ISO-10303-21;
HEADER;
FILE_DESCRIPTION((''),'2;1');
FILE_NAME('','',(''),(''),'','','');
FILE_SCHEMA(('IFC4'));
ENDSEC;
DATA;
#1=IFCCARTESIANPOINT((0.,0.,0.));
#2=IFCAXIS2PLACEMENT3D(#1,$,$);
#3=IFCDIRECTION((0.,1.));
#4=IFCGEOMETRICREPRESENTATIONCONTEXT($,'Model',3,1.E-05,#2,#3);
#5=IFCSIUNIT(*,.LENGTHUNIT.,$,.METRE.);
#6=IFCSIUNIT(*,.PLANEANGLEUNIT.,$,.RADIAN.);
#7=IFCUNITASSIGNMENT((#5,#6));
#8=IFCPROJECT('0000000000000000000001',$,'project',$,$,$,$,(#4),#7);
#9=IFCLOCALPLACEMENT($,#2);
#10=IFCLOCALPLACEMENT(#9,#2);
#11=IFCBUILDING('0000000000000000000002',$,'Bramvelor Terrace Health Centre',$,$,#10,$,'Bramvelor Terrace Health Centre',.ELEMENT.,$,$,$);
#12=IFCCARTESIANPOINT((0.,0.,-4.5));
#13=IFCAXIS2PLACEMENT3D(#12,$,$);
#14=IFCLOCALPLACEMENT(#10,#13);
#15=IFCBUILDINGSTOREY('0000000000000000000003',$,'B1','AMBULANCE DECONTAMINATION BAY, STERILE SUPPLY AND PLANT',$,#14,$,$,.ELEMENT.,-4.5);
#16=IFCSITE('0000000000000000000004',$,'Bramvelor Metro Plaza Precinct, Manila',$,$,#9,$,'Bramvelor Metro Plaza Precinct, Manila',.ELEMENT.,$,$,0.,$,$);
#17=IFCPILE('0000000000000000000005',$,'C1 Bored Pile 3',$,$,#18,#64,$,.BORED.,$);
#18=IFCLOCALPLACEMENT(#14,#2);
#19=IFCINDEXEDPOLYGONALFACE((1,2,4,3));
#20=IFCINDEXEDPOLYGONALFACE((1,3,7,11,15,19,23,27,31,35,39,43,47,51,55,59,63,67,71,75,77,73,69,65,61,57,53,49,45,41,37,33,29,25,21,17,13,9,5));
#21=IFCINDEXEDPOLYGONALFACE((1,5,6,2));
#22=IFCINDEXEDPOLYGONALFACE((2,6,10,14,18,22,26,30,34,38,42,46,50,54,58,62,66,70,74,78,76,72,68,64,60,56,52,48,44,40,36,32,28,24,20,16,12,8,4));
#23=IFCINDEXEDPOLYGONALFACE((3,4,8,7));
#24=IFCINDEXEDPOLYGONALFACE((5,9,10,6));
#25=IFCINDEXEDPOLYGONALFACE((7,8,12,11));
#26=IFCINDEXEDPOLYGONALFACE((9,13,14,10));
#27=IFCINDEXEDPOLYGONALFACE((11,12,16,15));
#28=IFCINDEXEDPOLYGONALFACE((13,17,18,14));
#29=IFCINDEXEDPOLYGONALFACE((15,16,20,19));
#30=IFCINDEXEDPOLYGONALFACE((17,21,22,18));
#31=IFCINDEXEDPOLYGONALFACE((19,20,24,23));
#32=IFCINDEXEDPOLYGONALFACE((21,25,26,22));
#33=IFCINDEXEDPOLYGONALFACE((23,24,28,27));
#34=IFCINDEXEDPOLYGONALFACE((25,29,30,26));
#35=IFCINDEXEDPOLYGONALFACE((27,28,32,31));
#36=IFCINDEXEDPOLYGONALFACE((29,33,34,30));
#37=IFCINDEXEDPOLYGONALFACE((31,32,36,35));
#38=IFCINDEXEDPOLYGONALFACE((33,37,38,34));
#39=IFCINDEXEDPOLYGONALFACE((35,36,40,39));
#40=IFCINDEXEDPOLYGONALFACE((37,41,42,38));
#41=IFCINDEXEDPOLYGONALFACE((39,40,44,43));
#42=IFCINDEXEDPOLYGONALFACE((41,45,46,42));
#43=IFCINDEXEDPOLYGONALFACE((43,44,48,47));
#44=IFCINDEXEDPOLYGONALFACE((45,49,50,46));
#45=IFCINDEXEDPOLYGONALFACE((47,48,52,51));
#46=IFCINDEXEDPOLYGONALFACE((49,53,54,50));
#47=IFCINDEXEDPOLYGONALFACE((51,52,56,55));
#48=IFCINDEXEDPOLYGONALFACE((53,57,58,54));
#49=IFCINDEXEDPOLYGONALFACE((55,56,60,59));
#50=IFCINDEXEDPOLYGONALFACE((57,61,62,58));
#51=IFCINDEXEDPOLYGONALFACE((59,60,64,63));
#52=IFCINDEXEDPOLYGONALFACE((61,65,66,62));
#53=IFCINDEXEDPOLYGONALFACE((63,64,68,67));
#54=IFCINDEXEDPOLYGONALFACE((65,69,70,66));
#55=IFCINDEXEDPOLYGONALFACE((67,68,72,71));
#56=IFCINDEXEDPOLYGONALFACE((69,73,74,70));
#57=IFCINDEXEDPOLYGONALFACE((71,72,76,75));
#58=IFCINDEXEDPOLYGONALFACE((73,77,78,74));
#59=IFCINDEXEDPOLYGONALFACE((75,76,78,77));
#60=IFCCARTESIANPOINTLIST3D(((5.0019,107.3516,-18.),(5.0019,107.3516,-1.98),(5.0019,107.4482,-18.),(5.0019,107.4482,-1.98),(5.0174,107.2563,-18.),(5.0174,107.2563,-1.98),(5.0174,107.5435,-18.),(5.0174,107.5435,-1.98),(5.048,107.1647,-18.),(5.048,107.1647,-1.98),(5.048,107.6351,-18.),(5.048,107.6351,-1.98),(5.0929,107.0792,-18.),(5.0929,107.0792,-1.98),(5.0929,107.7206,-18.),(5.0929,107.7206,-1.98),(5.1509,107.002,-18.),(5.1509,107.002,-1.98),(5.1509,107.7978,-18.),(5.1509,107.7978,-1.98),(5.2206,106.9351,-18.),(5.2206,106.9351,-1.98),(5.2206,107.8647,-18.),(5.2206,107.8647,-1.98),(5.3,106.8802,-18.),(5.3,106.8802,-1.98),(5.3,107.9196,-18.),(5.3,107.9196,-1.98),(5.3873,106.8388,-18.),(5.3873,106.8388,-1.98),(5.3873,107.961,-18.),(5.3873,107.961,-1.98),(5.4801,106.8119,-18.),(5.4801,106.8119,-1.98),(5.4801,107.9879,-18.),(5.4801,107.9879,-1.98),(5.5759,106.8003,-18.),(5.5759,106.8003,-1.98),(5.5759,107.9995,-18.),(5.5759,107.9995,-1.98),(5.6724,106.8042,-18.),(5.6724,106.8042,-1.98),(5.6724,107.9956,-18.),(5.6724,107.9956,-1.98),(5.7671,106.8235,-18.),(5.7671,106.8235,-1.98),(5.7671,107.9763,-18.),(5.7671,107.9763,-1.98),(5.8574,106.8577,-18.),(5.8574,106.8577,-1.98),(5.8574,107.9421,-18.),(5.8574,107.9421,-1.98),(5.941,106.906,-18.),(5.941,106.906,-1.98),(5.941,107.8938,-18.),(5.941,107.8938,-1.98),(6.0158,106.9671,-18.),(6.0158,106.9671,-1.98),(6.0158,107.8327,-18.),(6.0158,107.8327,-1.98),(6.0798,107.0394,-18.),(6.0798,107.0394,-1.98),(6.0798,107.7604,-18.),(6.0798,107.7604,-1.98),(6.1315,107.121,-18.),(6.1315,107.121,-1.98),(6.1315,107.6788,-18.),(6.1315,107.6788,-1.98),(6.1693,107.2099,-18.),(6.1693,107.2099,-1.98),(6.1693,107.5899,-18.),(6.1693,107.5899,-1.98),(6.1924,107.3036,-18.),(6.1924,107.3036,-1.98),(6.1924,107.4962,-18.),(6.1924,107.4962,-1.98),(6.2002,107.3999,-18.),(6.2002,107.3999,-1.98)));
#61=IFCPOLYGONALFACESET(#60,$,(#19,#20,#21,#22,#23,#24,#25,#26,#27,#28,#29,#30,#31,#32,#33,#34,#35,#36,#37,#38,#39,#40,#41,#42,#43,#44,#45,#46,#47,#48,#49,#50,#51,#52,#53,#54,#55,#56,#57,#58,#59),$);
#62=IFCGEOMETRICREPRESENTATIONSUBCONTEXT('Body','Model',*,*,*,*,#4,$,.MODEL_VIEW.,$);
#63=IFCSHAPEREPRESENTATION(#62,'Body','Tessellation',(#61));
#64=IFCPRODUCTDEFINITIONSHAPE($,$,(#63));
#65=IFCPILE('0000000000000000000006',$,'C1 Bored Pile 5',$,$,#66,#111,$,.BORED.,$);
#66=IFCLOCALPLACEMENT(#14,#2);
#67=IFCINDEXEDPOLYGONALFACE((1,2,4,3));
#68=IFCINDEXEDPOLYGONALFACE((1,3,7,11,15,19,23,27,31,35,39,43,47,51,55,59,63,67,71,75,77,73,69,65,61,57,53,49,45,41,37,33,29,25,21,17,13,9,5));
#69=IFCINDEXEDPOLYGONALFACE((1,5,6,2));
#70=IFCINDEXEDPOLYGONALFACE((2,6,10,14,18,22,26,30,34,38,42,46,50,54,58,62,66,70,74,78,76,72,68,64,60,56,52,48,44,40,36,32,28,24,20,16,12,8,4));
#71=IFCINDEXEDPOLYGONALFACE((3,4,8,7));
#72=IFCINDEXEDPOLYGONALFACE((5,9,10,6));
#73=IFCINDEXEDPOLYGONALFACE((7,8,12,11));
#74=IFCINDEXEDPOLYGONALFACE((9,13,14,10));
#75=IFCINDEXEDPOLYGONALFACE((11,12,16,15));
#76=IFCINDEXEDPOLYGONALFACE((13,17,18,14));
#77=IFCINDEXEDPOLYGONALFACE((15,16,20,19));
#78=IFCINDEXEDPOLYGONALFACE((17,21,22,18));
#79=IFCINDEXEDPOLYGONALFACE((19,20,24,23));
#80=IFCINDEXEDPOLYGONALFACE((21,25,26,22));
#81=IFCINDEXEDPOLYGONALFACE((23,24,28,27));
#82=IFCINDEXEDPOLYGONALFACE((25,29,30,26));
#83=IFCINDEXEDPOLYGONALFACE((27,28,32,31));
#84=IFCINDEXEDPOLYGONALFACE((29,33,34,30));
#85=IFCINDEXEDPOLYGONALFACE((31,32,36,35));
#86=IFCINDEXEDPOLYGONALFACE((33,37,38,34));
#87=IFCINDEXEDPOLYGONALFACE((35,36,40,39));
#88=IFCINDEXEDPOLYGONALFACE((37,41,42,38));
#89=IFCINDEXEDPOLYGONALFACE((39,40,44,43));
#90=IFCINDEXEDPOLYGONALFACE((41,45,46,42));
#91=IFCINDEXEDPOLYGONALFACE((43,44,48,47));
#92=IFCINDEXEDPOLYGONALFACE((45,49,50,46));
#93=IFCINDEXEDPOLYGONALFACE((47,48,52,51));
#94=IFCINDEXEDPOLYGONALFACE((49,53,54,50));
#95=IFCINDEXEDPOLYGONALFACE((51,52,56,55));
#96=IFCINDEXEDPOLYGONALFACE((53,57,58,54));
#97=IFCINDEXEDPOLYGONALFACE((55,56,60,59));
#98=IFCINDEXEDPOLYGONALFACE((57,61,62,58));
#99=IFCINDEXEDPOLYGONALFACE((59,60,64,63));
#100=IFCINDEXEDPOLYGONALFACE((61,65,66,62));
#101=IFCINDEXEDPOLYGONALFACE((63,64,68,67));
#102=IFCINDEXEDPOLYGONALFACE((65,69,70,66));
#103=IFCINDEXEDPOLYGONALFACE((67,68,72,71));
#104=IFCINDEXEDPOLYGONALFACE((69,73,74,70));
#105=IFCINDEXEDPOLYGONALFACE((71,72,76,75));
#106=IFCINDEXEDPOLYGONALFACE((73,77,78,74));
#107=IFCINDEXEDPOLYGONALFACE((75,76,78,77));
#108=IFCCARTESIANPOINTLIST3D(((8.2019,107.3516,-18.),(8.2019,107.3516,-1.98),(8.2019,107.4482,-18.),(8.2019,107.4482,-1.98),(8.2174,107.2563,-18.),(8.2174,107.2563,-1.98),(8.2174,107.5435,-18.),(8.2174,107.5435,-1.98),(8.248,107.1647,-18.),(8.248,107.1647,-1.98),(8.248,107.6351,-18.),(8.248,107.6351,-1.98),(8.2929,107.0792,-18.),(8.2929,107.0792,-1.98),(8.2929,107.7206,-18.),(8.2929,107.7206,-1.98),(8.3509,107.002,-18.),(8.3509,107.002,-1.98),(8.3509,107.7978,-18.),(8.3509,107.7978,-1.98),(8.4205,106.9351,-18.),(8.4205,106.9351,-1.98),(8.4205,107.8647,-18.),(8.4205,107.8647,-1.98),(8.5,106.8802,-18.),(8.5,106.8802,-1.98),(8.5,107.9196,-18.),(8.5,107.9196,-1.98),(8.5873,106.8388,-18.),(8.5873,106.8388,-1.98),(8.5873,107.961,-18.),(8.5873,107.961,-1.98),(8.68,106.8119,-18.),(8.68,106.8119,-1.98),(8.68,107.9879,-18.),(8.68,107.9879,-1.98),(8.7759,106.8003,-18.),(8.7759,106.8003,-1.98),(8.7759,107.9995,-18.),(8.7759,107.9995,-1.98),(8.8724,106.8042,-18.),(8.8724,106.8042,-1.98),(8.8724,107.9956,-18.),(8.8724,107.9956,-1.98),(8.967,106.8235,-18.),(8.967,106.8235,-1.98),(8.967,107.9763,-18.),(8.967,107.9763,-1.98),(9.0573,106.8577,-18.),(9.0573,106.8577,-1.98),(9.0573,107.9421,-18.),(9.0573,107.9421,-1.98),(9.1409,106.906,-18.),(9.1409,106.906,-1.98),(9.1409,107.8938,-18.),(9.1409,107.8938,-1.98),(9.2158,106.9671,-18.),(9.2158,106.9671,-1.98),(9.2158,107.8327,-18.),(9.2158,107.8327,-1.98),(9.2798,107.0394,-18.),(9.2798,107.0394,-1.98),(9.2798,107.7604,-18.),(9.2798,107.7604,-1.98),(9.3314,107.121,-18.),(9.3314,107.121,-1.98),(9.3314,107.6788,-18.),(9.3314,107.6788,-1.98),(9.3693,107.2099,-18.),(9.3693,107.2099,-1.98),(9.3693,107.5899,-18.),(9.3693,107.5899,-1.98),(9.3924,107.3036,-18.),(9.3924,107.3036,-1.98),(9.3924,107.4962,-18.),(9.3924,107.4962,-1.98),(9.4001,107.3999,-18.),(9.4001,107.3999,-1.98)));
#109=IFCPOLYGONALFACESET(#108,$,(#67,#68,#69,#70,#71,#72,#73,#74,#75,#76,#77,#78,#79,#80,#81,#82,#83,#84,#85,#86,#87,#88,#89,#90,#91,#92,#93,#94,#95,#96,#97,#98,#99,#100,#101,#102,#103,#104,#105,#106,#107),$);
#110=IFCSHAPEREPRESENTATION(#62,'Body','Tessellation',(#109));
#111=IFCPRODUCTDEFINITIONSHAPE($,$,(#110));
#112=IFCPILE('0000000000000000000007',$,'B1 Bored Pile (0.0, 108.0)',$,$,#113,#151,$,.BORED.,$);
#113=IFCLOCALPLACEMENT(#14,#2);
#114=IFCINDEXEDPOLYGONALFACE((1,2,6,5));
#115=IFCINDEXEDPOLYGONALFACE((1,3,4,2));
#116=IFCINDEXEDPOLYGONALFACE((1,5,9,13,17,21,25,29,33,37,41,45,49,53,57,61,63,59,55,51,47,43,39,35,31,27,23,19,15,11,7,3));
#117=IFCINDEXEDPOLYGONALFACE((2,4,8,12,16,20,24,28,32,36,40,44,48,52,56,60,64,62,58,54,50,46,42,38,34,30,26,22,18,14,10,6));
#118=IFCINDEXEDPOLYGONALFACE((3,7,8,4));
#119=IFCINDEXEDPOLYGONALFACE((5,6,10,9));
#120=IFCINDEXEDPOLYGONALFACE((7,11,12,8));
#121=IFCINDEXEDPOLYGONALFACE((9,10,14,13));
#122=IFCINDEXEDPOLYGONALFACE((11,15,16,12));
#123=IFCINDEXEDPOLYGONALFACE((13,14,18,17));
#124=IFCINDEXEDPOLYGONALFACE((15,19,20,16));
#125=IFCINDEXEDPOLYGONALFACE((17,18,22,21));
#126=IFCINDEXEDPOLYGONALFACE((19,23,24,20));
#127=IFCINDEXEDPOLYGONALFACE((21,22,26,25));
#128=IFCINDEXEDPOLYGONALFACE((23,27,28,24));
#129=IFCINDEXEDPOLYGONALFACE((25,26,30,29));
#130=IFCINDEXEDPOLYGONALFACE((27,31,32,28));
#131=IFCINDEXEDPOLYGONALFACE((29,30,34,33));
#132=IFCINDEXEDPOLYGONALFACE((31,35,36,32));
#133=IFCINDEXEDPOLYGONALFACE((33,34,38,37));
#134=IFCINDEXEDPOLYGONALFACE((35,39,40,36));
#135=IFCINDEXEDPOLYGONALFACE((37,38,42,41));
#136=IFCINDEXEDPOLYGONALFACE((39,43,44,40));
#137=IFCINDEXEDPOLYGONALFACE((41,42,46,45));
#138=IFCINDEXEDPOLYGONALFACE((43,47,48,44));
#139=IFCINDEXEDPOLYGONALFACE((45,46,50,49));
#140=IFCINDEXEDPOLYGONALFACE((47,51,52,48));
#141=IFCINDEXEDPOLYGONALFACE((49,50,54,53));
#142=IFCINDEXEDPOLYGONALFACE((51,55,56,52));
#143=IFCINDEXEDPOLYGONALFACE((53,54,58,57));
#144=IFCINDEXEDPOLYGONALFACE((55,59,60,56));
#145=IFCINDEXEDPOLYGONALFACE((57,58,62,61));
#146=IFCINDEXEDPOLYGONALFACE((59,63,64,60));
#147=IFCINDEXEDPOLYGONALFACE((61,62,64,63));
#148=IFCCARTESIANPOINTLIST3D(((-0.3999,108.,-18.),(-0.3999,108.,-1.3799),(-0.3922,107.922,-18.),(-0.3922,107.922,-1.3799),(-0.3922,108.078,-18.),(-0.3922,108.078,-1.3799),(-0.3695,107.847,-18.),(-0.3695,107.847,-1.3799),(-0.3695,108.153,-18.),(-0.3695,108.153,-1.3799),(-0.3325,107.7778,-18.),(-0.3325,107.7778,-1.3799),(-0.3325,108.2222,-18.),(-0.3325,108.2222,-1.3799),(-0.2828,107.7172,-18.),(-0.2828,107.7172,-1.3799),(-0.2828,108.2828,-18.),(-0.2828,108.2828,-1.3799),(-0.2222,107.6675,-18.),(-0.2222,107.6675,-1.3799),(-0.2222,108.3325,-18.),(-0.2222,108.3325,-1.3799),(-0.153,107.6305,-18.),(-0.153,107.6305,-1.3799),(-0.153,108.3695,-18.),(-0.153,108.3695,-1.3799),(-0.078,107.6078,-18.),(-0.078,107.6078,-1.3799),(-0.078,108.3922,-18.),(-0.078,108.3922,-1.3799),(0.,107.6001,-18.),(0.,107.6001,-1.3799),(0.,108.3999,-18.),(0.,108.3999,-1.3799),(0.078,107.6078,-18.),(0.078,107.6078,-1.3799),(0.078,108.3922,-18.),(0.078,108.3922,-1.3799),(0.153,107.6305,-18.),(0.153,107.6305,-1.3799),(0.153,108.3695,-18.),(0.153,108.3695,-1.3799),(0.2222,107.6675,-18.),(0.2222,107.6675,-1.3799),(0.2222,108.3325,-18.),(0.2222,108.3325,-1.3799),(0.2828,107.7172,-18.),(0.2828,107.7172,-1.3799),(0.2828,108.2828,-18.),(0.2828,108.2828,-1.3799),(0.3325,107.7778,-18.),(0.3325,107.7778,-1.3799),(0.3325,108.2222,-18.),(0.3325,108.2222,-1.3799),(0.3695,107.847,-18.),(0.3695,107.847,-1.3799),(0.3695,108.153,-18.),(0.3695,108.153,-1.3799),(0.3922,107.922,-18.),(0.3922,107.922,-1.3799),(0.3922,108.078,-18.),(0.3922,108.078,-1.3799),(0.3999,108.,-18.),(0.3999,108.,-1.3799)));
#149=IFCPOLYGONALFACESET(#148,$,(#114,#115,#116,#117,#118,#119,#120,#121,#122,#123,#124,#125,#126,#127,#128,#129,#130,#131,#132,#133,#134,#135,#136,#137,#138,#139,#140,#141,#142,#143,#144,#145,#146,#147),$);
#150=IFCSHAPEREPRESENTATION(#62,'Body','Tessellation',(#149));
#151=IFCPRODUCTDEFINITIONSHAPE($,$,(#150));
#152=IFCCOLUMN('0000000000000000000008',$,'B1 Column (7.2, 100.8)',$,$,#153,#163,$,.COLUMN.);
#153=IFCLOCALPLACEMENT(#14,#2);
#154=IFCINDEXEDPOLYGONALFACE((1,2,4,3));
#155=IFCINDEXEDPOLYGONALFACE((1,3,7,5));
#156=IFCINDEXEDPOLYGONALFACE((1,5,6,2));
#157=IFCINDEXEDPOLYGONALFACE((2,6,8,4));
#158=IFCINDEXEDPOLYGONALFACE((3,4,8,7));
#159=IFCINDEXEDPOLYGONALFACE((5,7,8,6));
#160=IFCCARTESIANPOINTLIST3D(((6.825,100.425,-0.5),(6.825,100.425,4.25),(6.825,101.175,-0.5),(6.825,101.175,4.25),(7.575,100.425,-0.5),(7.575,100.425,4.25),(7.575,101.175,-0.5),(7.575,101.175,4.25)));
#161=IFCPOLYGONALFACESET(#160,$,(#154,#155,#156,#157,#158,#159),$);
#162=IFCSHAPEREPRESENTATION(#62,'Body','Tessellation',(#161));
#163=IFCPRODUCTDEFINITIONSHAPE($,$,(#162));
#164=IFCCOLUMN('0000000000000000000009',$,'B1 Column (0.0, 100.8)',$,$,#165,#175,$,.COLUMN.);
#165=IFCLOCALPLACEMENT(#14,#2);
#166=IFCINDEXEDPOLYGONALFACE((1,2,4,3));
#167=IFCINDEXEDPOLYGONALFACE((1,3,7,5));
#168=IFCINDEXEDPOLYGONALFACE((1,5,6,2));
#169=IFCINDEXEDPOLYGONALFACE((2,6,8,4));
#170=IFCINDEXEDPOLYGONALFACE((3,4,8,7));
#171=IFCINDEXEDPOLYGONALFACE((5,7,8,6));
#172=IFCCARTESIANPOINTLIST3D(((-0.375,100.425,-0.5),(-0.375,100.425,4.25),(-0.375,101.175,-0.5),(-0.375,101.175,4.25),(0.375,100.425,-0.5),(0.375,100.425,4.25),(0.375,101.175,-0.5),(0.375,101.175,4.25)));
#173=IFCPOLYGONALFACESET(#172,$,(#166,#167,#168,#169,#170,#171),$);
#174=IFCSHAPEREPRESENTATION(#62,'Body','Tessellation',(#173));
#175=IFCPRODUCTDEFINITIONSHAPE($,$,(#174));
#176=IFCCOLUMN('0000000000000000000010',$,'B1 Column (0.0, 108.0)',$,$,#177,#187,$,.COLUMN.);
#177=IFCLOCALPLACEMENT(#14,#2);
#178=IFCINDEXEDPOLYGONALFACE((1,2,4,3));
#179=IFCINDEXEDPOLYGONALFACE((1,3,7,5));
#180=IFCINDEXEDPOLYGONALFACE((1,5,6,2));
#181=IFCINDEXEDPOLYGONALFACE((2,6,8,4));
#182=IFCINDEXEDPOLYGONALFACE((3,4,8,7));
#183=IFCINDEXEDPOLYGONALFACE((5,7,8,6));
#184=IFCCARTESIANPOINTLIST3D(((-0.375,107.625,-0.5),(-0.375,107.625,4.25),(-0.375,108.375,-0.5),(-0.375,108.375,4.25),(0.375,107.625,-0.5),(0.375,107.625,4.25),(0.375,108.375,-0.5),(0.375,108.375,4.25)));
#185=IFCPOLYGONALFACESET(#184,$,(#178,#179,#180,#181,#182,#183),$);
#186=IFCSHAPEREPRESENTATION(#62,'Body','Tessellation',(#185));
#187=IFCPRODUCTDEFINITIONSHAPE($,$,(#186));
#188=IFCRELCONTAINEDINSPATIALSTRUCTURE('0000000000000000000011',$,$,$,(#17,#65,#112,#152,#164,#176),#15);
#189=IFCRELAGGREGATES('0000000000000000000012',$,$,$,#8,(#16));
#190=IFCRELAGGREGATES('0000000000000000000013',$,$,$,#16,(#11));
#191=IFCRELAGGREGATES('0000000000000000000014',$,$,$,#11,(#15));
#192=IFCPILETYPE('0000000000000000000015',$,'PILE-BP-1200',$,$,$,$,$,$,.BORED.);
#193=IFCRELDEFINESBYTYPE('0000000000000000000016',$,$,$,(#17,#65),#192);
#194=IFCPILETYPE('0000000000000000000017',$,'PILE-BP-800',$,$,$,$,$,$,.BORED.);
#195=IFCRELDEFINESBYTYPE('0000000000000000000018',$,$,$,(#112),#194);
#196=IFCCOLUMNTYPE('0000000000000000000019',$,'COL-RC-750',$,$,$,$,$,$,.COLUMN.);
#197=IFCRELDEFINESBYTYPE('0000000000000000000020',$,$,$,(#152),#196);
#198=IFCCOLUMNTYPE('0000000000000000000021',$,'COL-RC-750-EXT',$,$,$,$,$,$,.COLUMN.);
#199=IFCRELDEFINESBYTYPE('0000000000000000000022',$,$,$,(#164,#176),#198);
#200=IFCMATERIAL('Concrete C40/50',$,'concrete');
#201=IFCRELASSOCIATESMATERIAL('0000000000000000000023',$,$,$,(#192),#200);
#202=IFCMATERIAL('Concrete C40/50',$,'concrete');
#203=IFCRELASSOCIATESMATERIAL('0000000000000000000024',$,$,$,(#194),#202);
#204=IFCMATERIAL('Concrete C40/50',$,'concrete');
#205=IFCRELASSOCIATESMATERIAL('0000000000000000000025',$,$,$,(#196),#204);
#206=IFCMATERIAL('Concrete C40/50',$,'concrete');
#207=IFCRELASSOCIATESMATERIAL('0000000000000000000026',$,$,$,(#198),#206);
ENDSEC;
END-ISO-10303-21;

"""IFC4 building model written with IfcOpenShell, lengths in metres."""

from ifc_helpers import new_model, si_unit, direction, frame, origin, origin_2d, place, context, subcontext, project, spatial, rectangle, circle, extrude, material, material_profile, profile_set, type_object, element, save


model = new_model("IFC4")

# Units and contexts
model_context = context("Model", 3, precision=1e-05, world=origin(), true_north=direction((0.0, 1.0)))
body_context = subcontext(model_context, "Body", "Model", "MODEL_VIEW")
ifc_project = project(units=[si_unit("LENGTHUNIT", "METRE"), si_unit("PLANEANGLEUNIT", "RADIAN")], contexts=[model_context])

# Site, building, storey
site_placement = place(None, origin())
site = spatial("IfcSite", under=ifc_project, at=site_placement, Name="Bramvelor Metro Plaza Precinct, Manila", LongName="Bramvelor Metro Plaza Precinct, Manila", CompositionType="ELEMENT", RefElevation=0.0)
building_placement = place(site_placement, origin())
building = spatial("IfcBuilding", under=site, at=building_placement, Name="Bramvelor Terrace Health Centre", LongName="Bramvelor Terrace Health Centre", CompositionType="ELEMENT")
storey_placement = place(building_placement, frame((0.0, 0.0, -4.5)))
storey = spatial("IfcBuildingStorey", under=building, at=storey_placement, Name="B1", Description="AMBULANCE DECONTAMINATION BAY, STERILE SUPPLY AND PLANT", CompositionType="ELEMENT", Elevation=-4.5)

# Piles
ifc_material_1 = material(Name="Concrete C40/50", Category="concrete")
ifc_material_profile_1 = material_profile(ifc_material_1, circle(Radius=0.6001, at=origin_2d()), Name="BP D1200")
ifc_profile_set_1 = profile_set([ifc_material_profile_1], Name="Concrete C40/50")
pile_type_1 = type_object("IfcPileType", Name="PILE-BP-1200", PredefinedType="BORED", material=ifc_profile_set_1)
for number, where, z_axis, x_axis, name in (
    (1, (5.6001, 107.3999, -1.98), (0.0, 0.0, -1.0), (1.0, 0.0, 0.0), "C1 Bored Pile 3"),
    (2, (8.8, 107.3999, -1.98), (0.0, 0.0, -1.0), (1.0, 0.0, 0.0), "C1 Bored Pile 5"),
):
    element("IfcPile", number, at=place(storey_placement, frame(where, z_axis=z_axis, x_axis=x_axis)), inside=storey, type_object=pile_type_1, Name=name, PredefinedType="BORED", context=body_context, shape_type="SweptSolid", body=[
        extrude(circle(Radius=0.6001, at=origin_2d()), origin(), (0.0, 0.0, 1.0), 16.02),
    ])
ifc_material_2 = material(Name="Concrete C40/50", Category="concrete")
ifc_material_profile_2 = material_profile(ifc_material_2, circle(Radius=0.3999, at=origin_2d()), Name="BP D800")
ifc_profile_set_2 = profile_set([ifc_material_profile_2], Name="Concrete C40/50")
pile_type_2 = type_object("IfcPileType", Name="PILE-BP-800", PredefinedType="BORED", material=ifc_profile_set_2)
pile_placement = place(storey_placement, frame((0.0, 108.0, -1.3799), z_axis=(0.0, 0.0, -1.0), x_axis=(1.0, 0.0, 0.0)))
element("IfcPile", 3, at=pile_placement, inside=storey, type_object=pile_type_2, Name="B1 Bored Pile (0.0, 108.0)", PredefinedType="BORED", context=body_context, shape_type="SweptSolid", body=[
    extrude(circle(Radius=0.3999, at=origin_2d()), origin(), (0.0, 0.0, 1.0), 16.6201),
])

# Columns
ifc_material_3 = material(Name="Concrete C40/50", Category="concrete")
ifc_material_profile_3 = material_profile(ifc_material_3, rectangle(XDim=0.75, YDim=0.75, at=origin_2d()), Name="RC 750x750")
ifc_profile_set_3 = profile_set([ifc_material_profile_3], Name="Concrete C40/50")
column_type_1 = type_object("IfcColumnType", Name="COL-RC-750", PredefinedType="COLUMN", material=ifc_profile_set_3)
column_placement = place(storey_placement, frame((7.2, 100.8, -0.5), z_axis=(0.0, 0.0, 1.0), x_axis=(1.0, 0.0, 0.0)))
element("IfcColumn", 4, at=column_placement, inside=storey, type_object=column_type_1, Name="B1 Column (7.2, 100.8)", PredefinedType="COLUMN", context=body_context, shape_type="SweptSolid", body=[
    extrude(rectangle(XDim=0.75, YDim=0.75, at=origin_2d()), origin(), (0.0, 0.0, 1.0), 4.75),
])
ifc_material_4 = material(Name="Concrete C40/50", Category="concrete")
ifc_material_profile_4 = material_profile(ifc_material_4, rectangle(XDim=0.75, YDim=0.75, at=origin_2d()), Name="RC 750x750")
ifc_profile_set_4 = profile_set([ifc_material_profile_4], Name="Concrete C40/50")
column_type_2 = type_object("IfcColumnType", Name="COL-RC-750-EXT", PredefinedType="COLUMN", material=ifc_profile_set_4)
for number, where, z_axis, x_axis, name in (
    (5, (0.0, 100.8, -0.5), (0.0, 0.0, 1.0), (1.0, 0.0, 0.0), "B1 Column (0.0, 100.8)"),
    (6, (0.0, 108.0, -0.5), (0.0, 0.0, 1.0), (1.0, 0.0, 0.0), "B1 Column (0.0, 108.0)"),
):
    element("IfcColumn", number, at=place(storey_placement, frame(where, z_axis=z_axis, x_axis=x_axis)), inside=storey, type_object=column_type_2, Name=name, PredefinedType="COLUMN", context=body_context, shape_type="SweptSolid", body=[
        extrude(rectangle(XDim=0.75, YDim=0.75, at=origin_2d()), origin(), (0.0, 0.0, 1.0), 4.75),
    ])

save(model, "model.ifc")
